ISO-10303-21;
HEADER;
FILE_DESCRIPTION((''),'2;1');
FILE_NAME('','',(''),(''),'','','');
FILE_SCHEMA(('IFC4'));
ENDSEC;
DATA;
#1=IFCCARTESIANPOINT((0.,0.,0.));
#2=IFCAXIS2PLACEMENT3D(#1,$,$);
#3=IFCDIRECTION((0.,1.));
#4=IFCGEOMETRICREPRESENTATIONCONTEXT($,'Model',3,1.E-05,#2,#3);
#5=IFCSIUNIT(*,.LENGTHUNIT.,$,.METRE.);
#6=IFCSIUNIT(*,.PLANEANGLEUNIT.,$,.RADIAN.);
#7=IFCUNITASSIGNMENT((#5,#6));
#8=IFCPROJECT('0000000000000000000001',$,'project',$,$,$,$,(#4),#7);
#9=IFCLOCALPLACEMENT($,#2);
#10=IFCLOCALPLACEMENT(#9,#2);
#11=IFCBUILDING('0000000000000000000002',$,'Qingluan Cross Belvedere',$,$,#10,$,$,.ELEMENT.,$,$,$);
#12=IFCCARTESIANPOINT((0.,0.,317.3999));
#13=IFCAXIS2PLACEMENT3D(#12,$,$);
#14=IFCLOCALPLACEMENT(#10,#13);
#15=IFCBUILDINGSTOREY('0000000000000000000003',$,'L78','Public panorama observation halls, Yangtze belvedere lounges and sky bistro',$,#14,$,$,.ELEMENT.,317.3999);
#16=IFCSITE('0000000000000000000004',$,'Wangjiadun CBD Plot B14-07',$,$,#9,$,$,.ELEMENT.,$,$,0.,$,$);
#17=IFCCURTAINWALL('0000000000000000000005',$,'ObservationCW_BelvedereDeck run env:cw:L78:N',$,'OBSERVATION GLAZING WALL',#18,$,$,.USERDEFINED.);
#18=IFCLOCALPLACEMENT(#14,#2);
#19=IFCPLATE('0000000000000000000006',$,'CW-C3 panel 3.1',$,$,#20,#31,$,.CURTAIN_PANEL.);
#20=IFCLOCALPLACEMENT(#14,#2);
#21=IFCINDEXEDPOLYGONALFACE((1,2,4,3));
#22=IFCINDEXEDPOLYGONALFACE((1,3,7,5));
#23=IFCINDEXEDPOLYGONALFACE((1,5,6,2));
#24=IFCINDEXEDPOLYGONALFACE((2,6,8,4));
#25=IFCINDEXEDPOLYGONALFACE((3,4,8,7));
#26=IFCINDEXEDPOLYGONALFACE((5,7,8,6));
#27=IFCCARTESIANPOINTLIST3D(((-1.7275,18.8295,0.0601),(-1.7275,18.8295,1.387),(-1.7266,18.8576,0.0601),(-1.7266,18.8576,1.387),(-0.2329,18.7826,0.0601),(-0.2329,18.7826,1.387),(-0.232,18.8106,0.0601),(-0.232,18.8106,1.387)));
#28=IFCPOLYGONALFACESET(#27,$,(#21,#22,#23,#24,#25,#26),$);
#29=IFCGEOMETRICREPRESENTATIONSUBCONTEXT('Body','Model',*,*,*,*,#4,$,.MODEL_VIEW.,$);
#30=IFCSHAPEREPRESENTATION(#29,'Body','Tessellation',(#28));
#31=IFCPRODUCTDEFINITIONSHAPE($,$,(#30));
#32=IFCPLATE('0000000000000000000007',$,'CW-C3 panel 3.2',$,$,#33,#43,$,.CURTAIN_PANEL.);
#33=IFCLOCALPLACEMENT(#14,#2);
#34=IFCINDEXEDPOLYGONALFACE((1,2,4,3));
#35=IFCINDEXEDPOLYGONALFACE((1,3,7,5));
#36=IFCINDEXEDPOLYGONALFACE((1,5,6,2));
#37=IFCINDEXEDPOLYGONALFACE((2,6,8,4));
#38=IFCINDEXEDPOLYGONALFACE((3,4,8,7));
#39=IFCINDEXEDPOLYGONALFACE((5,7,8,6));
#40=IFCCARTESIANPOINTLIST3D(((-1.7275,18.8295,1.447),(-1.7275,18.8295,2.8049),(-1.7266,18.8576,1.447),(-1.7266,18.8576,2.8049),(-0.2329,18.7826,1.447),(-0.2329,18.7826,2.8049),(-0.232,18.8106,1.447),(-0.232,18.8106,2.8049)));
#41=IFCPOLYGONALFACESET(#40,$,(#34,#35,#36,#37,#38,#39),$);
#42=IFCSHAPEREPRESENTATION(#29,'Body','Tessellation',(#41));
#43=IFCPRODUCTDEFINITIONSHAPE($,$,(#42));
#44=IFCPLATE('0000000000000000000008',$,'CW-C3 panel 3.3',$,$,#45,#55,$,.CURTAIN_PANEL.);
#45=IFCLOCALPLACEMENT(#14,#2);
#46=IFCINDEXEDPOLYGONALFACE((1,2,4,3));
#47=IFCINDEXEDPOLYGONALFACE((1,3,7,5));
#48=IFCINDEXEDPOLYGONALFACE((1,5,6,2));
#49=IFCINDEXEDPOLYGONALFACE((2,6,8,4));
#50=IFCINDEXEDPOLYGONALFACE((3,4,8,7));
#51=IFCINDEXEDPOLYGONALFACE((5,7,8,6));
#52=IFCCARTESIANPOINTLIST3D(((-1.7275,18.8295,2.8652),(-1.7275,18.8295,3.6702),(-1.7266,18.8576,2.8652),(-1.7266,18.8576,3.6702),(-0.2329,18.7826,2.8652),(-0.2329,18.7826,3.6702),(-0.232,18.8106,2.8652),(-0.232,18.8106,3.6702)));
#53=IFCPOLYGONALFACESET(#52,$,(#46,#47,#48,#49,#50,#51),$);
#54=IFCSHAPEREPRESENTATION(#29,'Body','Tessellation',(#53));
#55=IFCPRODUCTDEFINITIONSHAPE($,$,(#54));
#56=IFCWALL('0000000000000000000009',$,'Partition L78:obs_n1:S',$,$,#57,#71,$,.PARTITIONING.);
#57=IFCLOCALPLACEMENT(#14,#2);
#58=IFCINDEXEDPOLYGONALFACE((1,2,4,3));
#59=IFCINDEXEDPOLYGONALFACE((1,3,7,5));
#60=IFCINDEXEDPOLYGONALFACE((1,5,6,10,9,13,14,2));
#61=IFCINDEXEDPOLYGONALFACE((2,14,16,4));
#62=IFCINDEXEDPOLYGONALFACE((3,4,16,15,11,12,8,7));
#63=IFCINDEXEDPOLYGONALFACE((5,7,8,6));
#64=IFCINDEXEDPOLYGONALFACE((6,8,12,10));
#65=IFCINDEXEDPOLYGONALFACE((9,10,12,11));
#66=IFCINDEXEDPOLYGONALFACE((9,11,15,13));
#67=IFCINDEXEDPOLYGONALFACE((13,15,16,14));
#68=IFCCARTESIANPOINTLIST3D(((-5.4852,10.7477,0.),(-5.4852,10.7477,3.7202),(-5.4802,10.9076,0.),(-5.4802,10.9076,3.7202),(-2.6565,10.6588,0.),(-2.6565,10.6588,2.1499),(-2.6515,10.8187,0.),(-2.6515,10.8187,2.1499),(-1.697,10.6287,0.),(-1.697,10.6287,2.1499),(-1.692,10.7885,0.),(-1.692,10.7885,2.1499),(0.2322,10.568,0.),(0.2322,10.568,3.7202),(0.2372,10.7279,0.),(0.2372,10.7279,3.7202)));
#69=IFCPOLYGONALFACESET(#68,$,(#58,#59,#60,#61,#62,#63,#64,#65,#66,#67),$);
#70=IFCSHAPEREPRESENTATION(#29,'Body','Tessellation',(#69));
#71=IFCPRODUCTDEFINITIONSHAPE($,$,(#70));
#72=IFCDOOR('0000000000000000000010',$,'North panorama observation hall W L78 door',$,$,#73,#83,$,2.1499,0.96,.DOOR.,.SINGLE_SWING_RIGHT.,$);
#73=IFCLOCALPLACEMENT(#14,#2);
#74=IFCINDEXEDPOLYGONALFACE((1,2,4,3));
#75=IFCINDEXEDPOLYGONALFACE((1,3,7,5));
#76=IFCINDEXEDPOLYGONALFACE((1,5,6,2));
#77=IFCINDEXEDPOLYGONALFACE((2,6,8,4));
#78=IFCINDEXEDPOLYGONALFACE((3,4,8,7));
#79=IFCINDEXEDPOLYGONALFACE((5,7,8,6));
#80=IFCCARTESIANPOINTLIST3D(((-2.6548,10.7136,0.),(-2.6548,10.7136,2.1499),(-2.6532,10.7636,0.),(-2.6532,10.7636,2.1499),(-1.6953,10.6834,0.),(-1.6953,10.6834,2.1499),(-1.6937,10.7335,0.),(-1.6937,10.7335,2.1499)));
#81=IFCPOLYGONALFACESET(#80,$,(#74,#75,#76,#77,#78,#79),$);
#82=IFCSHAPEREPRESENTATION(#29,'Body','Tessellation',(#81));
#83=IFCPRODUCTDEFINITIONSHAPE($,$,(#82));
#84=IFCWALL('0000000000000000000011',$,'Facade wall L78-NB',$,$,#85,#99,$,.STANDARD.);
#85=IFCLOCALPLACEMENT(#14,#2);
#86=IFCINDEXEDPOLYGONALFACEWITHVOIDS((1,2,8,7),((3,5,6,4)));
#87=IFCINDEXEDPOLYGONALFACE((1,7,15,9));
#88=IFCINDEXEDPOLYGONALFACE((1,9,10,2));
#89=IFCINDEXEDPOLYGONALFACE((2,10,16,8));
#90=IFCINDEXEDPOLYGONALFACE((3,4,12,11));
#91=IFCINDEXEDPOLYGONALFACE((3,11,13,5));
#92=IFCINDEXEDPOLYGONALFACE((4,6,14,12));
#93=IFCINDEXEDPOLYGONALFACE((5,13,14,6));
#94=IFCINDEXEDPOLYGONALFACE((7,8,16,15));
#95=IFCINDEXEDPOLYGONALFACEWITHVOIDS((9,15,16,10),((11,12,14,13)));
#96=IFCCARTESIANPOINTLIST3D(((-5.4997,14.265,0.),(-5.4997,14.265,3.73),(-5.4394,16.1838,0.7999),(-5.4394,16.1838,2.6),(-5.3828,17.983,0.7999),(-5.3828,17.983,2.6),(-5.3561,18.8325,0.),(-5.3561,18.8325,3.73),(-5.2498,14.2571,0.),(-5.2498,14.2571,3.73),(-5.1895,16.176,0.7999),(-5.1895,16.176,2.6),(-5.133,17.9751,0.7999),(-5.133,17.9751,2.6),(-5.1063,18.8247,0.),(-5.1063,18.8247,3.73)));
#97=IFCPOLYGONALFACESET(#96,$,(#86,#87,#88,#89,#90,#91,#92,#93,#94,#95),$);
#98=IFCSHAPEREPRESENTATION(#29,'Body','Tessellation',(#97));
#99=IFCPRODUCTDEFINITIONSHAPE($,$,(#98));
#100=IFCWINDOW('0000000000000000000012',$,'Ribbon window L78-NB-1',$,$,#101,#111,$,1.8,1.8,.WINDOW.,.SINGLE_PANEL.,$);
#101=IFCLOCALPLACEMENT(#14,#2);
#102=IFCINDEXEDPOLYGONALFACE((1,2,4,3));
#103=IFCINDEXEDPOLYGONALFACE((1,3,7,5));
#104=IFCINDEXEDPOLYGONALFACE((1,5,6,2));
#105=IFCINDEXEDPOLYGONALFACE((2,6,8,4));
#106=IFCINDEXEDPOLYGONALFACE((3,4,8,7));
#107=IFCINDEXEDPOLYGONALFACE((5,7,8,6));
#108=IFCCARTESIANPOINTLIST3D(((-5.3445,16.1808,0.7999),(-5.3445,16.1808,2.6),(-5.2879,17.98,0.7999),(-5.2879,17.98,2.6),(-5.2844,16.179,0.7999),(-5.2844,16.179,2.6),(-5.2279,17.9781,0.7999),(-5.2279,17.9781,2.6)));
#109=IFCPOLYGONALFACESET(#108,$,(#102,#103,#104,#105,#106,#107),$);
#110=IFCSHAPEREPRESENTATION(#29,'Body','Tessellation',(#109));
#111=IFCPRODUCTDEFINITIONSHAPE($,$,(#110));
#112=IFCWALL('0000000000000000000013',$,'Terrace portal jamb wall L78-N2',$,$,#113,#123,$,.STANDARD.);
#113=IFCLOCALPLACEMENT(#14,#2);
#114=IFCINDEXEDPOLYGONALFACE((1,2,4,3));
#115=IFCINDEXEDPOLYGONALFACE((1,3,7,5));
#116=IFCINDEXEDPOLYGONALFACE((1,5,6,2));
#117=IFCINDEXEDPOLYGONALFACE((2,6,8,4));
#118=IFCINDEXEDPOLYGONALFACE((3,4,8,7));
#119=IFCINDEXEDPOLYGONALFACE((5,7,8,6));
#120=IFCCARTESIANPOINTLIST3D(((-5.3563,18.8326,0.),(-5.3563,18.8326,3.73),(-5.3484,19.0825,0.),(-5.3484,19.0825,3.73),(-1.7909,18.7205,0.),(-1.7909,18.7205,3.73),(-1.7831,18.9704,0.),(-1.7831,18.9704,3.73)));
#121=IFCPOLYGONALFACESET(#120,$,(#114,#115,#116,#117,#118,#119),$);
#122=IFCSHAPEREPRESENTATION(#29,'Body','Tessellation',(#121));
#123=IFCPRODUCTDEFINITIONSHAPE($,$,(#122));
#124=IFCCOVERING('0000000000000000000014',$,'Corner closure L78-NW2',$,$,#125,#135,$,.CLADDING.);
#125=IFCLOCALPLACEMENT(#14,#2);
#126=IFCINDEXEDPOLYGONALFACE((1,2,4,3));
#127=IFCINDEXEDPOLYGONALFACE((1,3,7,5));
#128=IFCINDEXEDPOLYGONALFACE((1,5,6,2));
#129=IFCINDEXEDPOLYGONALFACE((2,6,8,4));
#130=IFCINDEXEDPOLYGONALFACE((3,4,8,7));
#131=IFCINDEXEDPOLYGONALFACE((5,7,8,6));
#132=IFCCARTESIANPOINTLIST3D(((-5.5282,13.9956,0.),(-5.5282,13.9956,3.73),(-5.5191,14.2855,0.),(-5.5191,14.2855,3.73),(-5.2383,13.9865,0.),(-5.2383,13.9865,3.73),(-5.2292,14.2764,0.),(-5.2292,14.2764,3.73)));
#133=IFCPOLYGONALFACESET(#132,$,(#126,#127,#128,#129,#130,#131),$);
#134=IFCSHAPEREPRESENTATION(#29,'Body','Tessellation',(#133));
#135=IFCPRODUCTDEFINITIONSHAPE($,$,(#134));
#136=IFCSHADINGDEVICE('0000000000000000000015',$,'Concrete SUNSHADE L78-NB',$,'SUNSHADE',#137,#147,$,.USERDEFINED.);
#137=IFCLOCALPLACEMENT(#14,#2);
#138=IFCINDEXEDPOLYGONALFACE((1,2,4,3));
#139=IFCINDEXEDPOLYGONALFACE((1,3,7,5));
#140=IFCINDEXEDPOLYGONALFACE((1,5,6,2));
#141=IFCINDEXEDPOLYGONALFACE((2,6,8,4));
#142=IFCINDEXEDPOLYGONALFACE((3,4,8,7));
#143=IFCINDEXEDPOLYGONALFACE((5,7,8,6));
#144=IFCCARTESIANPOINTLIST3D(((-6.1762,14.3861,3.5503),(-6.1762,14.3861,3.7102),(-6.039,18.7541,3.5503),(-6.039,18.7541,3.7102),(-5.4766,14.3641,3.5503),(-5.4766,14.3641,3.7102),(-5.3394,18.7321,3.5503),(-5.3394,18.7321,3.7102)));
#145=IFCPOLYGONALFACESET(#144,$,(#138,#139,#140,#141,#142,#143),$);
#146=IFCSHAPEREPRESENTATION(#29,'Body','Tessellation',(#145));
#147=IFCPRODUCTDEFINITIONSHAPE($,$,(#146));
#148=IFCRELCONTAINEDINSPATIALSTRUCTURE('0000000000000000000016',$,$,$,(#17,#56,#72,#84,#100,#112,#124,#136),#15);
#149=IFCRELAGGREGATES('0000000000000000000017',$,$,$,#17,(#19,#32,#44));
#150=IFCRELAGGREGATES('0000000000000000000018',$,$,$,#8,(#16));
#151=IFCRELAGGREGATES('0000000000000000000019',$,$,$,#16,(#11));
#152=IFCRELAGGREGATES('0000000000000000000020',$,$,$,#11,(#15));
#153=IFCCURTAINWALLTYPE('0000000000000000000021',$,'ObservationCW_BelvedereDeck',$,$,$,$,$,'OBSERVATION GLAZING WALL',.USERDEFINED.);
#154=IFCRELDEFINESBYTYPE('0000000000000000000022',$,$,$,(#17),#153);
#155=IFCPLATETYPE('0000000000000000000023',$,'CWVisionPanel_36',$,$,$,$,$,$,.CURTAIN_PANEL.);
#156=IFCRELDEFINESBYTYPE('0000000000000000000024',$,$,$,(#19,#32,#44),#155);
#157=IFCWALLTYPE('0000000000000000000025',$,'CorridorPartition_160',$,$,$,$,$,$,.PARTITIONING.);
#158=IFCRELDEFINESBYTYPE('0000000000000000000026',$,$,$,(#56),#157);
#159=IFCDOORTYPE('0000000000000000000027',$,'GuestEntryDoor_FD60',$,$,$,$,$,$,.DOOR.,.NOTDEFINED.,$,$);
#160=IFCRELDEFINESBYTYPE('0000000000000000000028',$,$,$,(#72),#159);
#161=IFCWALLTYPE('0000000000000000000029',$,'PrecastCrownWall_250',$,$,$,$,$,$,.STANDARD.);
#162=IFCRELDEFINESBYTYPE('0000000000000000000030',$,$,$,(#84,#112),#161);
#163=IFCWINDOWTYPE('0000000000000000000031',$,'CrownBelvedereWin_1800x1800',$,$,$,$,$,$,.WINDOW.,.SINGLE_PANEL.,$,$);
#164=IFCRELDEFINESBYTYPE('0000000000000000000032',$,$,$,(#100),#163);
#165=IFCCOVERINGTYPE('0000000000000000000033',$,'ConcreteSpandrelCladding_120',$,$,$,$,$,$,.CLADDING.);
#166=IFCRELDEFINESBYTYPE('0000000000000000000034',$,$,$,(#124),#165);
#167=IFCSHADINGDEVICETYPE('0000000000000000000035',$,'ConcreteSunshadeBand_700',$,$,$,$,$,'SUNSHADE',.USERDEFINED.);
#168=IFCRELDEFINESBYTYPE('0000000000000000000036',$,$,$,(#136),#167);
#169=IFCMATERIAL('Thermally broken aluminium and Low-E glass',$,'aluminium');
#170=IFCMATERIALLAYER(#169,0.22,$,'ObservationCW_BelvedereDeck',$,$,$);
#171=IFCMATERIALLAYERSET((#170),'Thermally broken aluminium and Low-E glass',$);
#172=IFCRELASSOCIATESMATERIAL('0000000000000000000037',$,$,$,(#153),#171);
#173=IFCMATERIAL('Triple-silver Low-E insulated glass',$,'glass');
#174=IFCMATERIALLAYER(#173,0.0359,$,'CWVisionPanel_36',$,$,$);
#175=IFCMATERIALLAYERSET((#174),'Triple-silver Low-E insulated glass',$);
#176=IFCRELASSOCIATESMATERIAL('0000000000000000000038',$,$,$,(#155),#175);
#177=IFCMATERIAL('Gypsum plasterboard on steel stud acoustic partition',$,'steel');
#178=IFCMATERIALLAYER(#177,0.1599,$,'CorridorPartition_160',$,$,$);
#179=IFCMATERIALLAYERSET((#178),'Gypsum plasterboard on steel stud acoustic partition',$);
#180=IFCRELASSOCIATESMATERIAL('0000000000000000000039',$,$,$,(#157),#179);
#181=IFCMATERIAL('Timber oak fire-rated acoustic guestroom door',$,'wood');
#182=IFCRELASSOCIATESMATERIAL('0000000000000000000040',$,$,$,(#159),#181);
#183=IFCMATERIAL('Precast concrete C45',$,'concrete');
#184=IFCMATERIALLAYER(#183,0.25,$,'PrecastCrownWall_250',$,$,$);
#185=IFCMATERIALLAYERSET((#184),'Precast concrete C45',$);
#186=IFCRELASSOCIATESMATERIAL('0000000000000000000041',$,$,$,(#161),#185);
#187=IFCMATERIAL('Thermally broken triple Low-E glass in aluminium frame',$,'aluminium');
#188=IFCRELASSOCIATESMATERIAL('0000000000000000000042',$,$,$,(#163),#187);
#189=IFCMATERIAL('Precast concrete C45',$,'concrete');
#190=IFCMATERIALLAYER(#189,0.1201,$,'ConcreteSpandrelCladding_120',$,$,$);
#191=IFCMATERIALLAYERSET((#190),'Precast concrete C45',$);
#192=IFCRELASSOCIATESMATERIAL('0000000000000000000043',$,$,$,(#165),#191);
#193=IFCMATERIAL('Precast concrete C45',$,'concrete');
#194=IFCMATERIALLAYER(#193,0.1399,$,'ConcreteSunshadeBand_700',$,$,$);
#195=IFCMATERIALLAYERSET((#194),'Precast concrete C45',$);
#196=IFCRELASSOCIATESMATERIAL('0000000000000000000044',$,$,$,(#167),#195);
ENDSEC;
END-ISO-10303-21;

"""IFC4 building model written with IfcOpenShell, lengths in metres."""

from ifc_helpers import new_model, si_unit, direction, frame, frame_2d, origin, origin_2d, place, context, subcontext, project, spatial, rectangle, extrude, material, layer, layer_set, type_object, element, fill, aggregate, save


model = new_model("IFC4")

# Units and contexts
model_context = context("Model", 3, precision=1e-05, world=origin(), true_north=direction((0.0, 1.0)))
body_context = subcontext(model_context, "Body", "Model", "MODEL_VIEW")
ifc_project = project(units=[si_unit("LENGTHUNIT", "METRE"), si_unit("PLANEANGLEUNIT", "RADIAN")], contexts=[model_context])

# Site, building, storey
site_placement = place(None, origin())
site = spatial("IfcSite", under=ifc_project, at=site_placement, Name="Wangjiadun CBD Plot B14-07", CompositionType="ELEMENT", RefElevation=0.0)
building_placement = place(site_placement, origin())
building = spatial("IfcBuilding", under=site, at=building_placement, Name="Qingluan Cross Belvedere", CompositionType="ELEMENT")
storey_placement = place(building_placement, frame((0.0, 0.0, 317.3999)))
storey = spatial("IfcBuildingStorey", under=building, at=storey_placement, Name="L78", Description="Public panorama observation halls, Yangtze belvedere lounges and sky bistro", CompositionType="ELEMENT", Elevation=317.3999)

# Curtain wall
ifc_material_1 = material(Name="Thermally broken aluminium and Low-E glass", Category="aluminium")
ifc_layer_1 = layer(ifc_material_1, 0.22, Name="ObservationCW_BelvedereDeck")
ifc_layer_set_1 = layer_set([ifc_layer_1], Name="Thermally broken aluminium and Low-E glass")
curtain_wall_type = type_object("IfcCurtainWallType", Name="ObservationCW_BelvedereDeck", ElementType="OBSERVATION GLAZING WALL", PredefinedType="USERDEFINED", material=ifc_layer_set_1)
curtain_wall_placement = place(storey_placement, origin())
curtain_wall = element("IfcCurtainWall", 1, at=curtain_wall_placement, inside=storey, type_object=curtain_wall_type, Name="ObservationCW_BelvedereDeck run env:cw:L78:N", ObjectType="OBSERVATION GLAZING WALL", PredefinedType="USERDEFINED")

# Plates
ifc_material_2 = material(Name="Triple-silver Low-E insulated glass", Category="glass")
ifc_layer_2 = layer(ifc_material_2, 0.0359, Name="CWVisionPanel_36")
ifc_layer_set_2 = layer_set([ifc_layer_2], Name="Triple-silver Low-E insulated glass")
plate_type = type_object("IfcPlateType", Name="CWVisionPanel_36", PredefinedType="CURTAIN_PANEL", material=ifc_layer_set_2)
plate_1_placement = place(storey_placement, frame((-0.9797, 18.8201, 0.0601), z_axis=(0.0, 0.0, 1.0), x_axis=(-0.999506, 0.031413, 0.0)))
plate_1 = element("IfcPlate", 2, at=plate_1_placement, type_object=plate_type, Name="CW-C3 panel 3.1", PredefinedType="CURTAIN_PANEL", context=body_context, shape_type="SweptSolid", body=[
    extrude(rectangle(XDim=1.4954, YDim=0.0281, at=origin_2d()), origin(), (0.0, 0.0, 1.0), 1.3269),
])
plate_2_placement = place(storey_placement, frame((-0.9797, 18.8201, 1.447), z_axis=(0.0, 0.0, 1.0), x_axis=(-0.999506, 0.031413, 0.0)))
plate_2 = element("IfcPlate", 3, at=plate_2_placement, type_object=plate_type, Name="CW-C3 panel 3.2", PredefinedType="CURTAIN_PANEL", context=body_context, shape_type="SweptSolid", body=[
    extrude(rectangle(XDim=1.4954, YDim=0.0281, at=origin_2d()), origin(), (0.0, 0.0, 1.0), 1.3579),
])
plate_3_placement = place(storey_placement, frame((-0.9797, 18.8201, 2.8652), z_axis=(0.0, 0.0, 1.0), x_axis=(-0.999506, 0.031413, 0.0)))
plate_3 = element("IfcPlate", 4, at=plate_3_placement, type_object=plate_type, Name="CW-C3 panel 3.3", PredefinedType="CURTAIN_PANEL", context=body_context, shape_type="SweptSolid", body=[
    extrude(rectangle(XDim=1.4954, YDim=0.0281, at=origin_2d()), origin(), (0.0, 0.0, 1.0), 0.8049),
])
aggregate(curtain_wall, [plate_1, plate_2, plate_3])

# Wall, opening, door
ifc_material_3 = material(Name="Gypsum plasterboard on steel stud acoustic partition", Category="steel")
ifc_layer_3 = layer(ifc_material_3, 0.1599, Name="CorridorPartition_160")
ifc_layer_set_3 = layer_set([ifc_layer_3], Name="Gypsum plasterboard on steel stud acoustic partition")
wall_type_1 = type_object("IfcWallType", Name="CorridorPartition_160", PredefinedType="PARTITIONING", material=ifc_layer_set_3)
wall_1_placement = place(storey_placement, frame((-5.4827, 10.8276, 0.0), z_axis=(0.0, 0.0, 1.0), x_axis=(0.999506, -0.031413, 0.0)))
wall_1 = element("IfcWall", 5, at=wall_1_placement, inside=storey, type_object=wall_type_1, Name="Partition L78:obs_n1:S", PredefinedType="PARTITIONING", context=body_context, shape_type="SweptSolid", body=[
    extrude(rectangle(XDim=5.7202, YDim=0.1599, at=frame_2d((2.8601, 0.0))), origin(), (0.0, 0.0, 1.0), 3.7202),
])
opening_1_placement = place(wall_1_placement, frame((2.8301, 0.0, 0.0)))
opening_1 = element("IfcOpeningElement", 6, at=opening_1_placement, cuts=wall_1, PredefinedType="OPENING", context=body_context, shape_type="SweptSolid", body=[
    extrude(rectangle(XDim=0.96, YDim=2.1499, at=frame_2d((0.48, 1.075))), frame((0.0, 0.0898, 0.0), z_axis=(0.0, -1.0, 0.0), x_axis=(1.0, 0.0, 0.0)), (0.0, 0.0, 1.0), 0.1799),
])
ifc_material_4 = material(Name="Timber oak fire-rated acoustic guestroom door", Category="wood")
door_type_1 = type_object("IfcDoorType", Name="GuestEntryDoor_FD60", OperationType="NOTDEFINED", PredefinedType="DOOR", material=ifc_material_4)
door_1_placement = place(opening_1_placement, origin())
door_1 = element("IfcDoor", 7, at=door_1_placement, inside=storey, type_object=door_type_1, Name="North panorama observation hall W L78 door", OperationType="SINGLE_SWING_RIGHT", OverallHeight=2.1499, OverallWidth=0.96, PredefinedType="DOOR", context=body_context, shape_type="SweptSolid", body=[
    extrude(rectangle(XDim=0.96, YDim=2.1499, at=frame_2d((0.48, 1.075))), frame((0.0, 0.0249, 0.0), z_axis=(0.0, -1.0, 0.0), x_axis=(1.0, 0.0, 0.0)), (0.0, 0.0, 1.0), 0.05),
])
fill(opening_1, door_1)

# Wall, opening, window
ifc_material_5 = material(Name="Precast concrete C45", Category="concrete")
ifc_layer_4 = layer(ifc_material_5, 0.25, Name="PrecastCrownWall_250")
ifc_layer_set_4 = layer_set([ifc_layer_4], Name="Precast concrete C45")
wall_type_2 = type_object("IfcWallType", Name="PrecastCrownWall_250", PredefinedType="STANDARD", material=ifc_layer_set_4)
wall_2_placement = place(storey_placement, frame((-5.2312, 18.8286, 0.0), z_axis=(0.0, 0.0, 1.0), x_axis=(-0.031413, -0.999506, 0.0)))
wall_2 = element("IfcWall", 8, at=wall_2_placement, inside=storey, type_object=wall_type_2, Name="Facade wall L78-NB", PredefinedType="STANDARD", context=body_context, shape_type="SweptSolid", body=[
    extrude(rectangle(XDim=4.5698, YDim=0.25, at=frame_2d((2.2849, 0.0))), origin(), (0.0, 0.0, 1.0), 3.73),
])
opening_2_placement = place(wall_2_placement, frame((0.8501, 0.0, 0.8)))
opening_2 = element("IfcOpeningElement", 9, at=opening_2_placement, cuts=wall_2, PredefinedType="OPENING", context=body_context, shape_type="SweptSolid", body=[
    extrude(rectangle(XDim=1.8, YDim=1.8, at=frame_2d((0.8999, 0.8999))), frame((0.0, 0.135, 0.0), z_axis=(0.0, -1.0, 0.0), x_axis=(1.0, 0.0, 0.0)), (0.0, 0.0, 1.0), 0.27),
])
ifc_material_6 = material(Name="Thermally broken triple Low-E glass in aluminium frame", Category="aluminium")
window_type = type_object("IfcWindowType", Name="CrownBelvedereWin_1800x1800", PartitioningType="SINGLE_PANEL", PredefinedType="WINDOW", material=ifc_material_6)
window_placement = place(opening_2_placement, origin())
window = element("IfcWindow", 10, at=window_placement, inside=storey, type_object=window_type, Name="Ribbon window L78-NB-1", OverallHeight=1.8, OverallWidth=1.8, PartitioningType="SINGLE_PANEL", PredefinedType="WINDOW", context=body_context, shape_type="SweptSolid", body=[
    extrude(rectangle(XDim=1.8, YDim=1.8, at=frame_2d((0.8999, 0.8999))), frame((0.0, 0.03, 0.0), z_axis=(0.0, -1.0, 0.0), x_axis=(1.0, 0.0, 0.0)), (0.0, 0.0, 1.0), 0.0601),
])
fill(opening_2, window)

# Wall
wall_3_placement = place(storey_placement, frame((-1.7869, 18.8455, 0.0), z_axis=(0.0, 0.0, 1.0), x_axis=(-0.999506, 0.031414, 0.0)))
element("IfcWall", 11, at=wall_3_placement, inside=storey, type_object=wall_type_2, Name="Terrace portal jamb wall L78-N2", PredefinedType="STANDARD", context=body_context, shape_type="SweptSolid", body=[
    extrude(rectangle(XDim=3.5671, YDim=0.25, at=frame_2d((1.7837, 0.0))), origin(), (0.0, 0.0, 1.0), 3.73),
])

# Covering
ifc_material_7 = material(Name="Precast concrete C45", Category="concrete")
ifc_layer_5 = layer(ifc_material_7, 0.1201, Name="ConcreteSpandrelCladding_120")
ifc_layer_set_5 = layer_set([ifc_layer_5], Name="Precast concrete C45")
covering_type = type_object("IfcCoveringType", Name="ConcreteSpandrelCladding_120", PredefinedType="CLADDING", material=ifc_layer_set_5)
covering_placement = place(storey_placement, frame((-5.3787, 14.136, 0.0), z_axis=(0.0, 0.0, 1.0), x_axis=(0.999507, -0.031411, 0.0)))
element("IfcCovering", 12, at=covering_placement, inside=storey, type_object=covering_type, Name="Corner closure L78-NW2", PredefinedType="CLADDING", context=body_context, shape_type="SweptSolid", body=[
    extrude(rectangle(XDim=0.29, YDim=0.29, at=origin_2d()), origin(), (0.0, 0.0, 1.0), 3.73),
])

# Shading device
ifc_material_8 = material(Name="Precast concrete C45", Category="concrete")
ifc_layer_6 = layer(ifc_material_8, 0.1399, Name="ConcreteSunshadeBand_700")
ifc_layer_set_6 = layer_set([ifc_layer_6], Name="Precast concrete C45")
shading_device_type = type_object("IfcShadingDeviceType", Name="ConcreteSunshadeBand_700", ElementType="SUNSHADE", PredefinedType="USERDEFINED", material=ifc_layer_set_6)
shading_device_placement = place(storey_placement, frame((-5.7578, 16.5591, 3.5503), z_axis=(0.0, 0.0, 1.0), x_axis=(-0.031401, -0.999507, 0.0)))
element("IfcShadingDevice", 13, at=shading_device_placement, inside=storey, type_object=shading_device_type, Name="Concrete SUNSHADE L78-NB", ObjectType="SUNSHADE", PredefinedType="USERDEFINED", context=body_context, shape_type="SweptSolid", body=[
    extrude(rectangle(XDim=4.3701, YDim=0.7, at=origin_2d()), origin(), (0.0, 0.0, 1.0), 0.1599),
])

save(model, "model.ifc")
